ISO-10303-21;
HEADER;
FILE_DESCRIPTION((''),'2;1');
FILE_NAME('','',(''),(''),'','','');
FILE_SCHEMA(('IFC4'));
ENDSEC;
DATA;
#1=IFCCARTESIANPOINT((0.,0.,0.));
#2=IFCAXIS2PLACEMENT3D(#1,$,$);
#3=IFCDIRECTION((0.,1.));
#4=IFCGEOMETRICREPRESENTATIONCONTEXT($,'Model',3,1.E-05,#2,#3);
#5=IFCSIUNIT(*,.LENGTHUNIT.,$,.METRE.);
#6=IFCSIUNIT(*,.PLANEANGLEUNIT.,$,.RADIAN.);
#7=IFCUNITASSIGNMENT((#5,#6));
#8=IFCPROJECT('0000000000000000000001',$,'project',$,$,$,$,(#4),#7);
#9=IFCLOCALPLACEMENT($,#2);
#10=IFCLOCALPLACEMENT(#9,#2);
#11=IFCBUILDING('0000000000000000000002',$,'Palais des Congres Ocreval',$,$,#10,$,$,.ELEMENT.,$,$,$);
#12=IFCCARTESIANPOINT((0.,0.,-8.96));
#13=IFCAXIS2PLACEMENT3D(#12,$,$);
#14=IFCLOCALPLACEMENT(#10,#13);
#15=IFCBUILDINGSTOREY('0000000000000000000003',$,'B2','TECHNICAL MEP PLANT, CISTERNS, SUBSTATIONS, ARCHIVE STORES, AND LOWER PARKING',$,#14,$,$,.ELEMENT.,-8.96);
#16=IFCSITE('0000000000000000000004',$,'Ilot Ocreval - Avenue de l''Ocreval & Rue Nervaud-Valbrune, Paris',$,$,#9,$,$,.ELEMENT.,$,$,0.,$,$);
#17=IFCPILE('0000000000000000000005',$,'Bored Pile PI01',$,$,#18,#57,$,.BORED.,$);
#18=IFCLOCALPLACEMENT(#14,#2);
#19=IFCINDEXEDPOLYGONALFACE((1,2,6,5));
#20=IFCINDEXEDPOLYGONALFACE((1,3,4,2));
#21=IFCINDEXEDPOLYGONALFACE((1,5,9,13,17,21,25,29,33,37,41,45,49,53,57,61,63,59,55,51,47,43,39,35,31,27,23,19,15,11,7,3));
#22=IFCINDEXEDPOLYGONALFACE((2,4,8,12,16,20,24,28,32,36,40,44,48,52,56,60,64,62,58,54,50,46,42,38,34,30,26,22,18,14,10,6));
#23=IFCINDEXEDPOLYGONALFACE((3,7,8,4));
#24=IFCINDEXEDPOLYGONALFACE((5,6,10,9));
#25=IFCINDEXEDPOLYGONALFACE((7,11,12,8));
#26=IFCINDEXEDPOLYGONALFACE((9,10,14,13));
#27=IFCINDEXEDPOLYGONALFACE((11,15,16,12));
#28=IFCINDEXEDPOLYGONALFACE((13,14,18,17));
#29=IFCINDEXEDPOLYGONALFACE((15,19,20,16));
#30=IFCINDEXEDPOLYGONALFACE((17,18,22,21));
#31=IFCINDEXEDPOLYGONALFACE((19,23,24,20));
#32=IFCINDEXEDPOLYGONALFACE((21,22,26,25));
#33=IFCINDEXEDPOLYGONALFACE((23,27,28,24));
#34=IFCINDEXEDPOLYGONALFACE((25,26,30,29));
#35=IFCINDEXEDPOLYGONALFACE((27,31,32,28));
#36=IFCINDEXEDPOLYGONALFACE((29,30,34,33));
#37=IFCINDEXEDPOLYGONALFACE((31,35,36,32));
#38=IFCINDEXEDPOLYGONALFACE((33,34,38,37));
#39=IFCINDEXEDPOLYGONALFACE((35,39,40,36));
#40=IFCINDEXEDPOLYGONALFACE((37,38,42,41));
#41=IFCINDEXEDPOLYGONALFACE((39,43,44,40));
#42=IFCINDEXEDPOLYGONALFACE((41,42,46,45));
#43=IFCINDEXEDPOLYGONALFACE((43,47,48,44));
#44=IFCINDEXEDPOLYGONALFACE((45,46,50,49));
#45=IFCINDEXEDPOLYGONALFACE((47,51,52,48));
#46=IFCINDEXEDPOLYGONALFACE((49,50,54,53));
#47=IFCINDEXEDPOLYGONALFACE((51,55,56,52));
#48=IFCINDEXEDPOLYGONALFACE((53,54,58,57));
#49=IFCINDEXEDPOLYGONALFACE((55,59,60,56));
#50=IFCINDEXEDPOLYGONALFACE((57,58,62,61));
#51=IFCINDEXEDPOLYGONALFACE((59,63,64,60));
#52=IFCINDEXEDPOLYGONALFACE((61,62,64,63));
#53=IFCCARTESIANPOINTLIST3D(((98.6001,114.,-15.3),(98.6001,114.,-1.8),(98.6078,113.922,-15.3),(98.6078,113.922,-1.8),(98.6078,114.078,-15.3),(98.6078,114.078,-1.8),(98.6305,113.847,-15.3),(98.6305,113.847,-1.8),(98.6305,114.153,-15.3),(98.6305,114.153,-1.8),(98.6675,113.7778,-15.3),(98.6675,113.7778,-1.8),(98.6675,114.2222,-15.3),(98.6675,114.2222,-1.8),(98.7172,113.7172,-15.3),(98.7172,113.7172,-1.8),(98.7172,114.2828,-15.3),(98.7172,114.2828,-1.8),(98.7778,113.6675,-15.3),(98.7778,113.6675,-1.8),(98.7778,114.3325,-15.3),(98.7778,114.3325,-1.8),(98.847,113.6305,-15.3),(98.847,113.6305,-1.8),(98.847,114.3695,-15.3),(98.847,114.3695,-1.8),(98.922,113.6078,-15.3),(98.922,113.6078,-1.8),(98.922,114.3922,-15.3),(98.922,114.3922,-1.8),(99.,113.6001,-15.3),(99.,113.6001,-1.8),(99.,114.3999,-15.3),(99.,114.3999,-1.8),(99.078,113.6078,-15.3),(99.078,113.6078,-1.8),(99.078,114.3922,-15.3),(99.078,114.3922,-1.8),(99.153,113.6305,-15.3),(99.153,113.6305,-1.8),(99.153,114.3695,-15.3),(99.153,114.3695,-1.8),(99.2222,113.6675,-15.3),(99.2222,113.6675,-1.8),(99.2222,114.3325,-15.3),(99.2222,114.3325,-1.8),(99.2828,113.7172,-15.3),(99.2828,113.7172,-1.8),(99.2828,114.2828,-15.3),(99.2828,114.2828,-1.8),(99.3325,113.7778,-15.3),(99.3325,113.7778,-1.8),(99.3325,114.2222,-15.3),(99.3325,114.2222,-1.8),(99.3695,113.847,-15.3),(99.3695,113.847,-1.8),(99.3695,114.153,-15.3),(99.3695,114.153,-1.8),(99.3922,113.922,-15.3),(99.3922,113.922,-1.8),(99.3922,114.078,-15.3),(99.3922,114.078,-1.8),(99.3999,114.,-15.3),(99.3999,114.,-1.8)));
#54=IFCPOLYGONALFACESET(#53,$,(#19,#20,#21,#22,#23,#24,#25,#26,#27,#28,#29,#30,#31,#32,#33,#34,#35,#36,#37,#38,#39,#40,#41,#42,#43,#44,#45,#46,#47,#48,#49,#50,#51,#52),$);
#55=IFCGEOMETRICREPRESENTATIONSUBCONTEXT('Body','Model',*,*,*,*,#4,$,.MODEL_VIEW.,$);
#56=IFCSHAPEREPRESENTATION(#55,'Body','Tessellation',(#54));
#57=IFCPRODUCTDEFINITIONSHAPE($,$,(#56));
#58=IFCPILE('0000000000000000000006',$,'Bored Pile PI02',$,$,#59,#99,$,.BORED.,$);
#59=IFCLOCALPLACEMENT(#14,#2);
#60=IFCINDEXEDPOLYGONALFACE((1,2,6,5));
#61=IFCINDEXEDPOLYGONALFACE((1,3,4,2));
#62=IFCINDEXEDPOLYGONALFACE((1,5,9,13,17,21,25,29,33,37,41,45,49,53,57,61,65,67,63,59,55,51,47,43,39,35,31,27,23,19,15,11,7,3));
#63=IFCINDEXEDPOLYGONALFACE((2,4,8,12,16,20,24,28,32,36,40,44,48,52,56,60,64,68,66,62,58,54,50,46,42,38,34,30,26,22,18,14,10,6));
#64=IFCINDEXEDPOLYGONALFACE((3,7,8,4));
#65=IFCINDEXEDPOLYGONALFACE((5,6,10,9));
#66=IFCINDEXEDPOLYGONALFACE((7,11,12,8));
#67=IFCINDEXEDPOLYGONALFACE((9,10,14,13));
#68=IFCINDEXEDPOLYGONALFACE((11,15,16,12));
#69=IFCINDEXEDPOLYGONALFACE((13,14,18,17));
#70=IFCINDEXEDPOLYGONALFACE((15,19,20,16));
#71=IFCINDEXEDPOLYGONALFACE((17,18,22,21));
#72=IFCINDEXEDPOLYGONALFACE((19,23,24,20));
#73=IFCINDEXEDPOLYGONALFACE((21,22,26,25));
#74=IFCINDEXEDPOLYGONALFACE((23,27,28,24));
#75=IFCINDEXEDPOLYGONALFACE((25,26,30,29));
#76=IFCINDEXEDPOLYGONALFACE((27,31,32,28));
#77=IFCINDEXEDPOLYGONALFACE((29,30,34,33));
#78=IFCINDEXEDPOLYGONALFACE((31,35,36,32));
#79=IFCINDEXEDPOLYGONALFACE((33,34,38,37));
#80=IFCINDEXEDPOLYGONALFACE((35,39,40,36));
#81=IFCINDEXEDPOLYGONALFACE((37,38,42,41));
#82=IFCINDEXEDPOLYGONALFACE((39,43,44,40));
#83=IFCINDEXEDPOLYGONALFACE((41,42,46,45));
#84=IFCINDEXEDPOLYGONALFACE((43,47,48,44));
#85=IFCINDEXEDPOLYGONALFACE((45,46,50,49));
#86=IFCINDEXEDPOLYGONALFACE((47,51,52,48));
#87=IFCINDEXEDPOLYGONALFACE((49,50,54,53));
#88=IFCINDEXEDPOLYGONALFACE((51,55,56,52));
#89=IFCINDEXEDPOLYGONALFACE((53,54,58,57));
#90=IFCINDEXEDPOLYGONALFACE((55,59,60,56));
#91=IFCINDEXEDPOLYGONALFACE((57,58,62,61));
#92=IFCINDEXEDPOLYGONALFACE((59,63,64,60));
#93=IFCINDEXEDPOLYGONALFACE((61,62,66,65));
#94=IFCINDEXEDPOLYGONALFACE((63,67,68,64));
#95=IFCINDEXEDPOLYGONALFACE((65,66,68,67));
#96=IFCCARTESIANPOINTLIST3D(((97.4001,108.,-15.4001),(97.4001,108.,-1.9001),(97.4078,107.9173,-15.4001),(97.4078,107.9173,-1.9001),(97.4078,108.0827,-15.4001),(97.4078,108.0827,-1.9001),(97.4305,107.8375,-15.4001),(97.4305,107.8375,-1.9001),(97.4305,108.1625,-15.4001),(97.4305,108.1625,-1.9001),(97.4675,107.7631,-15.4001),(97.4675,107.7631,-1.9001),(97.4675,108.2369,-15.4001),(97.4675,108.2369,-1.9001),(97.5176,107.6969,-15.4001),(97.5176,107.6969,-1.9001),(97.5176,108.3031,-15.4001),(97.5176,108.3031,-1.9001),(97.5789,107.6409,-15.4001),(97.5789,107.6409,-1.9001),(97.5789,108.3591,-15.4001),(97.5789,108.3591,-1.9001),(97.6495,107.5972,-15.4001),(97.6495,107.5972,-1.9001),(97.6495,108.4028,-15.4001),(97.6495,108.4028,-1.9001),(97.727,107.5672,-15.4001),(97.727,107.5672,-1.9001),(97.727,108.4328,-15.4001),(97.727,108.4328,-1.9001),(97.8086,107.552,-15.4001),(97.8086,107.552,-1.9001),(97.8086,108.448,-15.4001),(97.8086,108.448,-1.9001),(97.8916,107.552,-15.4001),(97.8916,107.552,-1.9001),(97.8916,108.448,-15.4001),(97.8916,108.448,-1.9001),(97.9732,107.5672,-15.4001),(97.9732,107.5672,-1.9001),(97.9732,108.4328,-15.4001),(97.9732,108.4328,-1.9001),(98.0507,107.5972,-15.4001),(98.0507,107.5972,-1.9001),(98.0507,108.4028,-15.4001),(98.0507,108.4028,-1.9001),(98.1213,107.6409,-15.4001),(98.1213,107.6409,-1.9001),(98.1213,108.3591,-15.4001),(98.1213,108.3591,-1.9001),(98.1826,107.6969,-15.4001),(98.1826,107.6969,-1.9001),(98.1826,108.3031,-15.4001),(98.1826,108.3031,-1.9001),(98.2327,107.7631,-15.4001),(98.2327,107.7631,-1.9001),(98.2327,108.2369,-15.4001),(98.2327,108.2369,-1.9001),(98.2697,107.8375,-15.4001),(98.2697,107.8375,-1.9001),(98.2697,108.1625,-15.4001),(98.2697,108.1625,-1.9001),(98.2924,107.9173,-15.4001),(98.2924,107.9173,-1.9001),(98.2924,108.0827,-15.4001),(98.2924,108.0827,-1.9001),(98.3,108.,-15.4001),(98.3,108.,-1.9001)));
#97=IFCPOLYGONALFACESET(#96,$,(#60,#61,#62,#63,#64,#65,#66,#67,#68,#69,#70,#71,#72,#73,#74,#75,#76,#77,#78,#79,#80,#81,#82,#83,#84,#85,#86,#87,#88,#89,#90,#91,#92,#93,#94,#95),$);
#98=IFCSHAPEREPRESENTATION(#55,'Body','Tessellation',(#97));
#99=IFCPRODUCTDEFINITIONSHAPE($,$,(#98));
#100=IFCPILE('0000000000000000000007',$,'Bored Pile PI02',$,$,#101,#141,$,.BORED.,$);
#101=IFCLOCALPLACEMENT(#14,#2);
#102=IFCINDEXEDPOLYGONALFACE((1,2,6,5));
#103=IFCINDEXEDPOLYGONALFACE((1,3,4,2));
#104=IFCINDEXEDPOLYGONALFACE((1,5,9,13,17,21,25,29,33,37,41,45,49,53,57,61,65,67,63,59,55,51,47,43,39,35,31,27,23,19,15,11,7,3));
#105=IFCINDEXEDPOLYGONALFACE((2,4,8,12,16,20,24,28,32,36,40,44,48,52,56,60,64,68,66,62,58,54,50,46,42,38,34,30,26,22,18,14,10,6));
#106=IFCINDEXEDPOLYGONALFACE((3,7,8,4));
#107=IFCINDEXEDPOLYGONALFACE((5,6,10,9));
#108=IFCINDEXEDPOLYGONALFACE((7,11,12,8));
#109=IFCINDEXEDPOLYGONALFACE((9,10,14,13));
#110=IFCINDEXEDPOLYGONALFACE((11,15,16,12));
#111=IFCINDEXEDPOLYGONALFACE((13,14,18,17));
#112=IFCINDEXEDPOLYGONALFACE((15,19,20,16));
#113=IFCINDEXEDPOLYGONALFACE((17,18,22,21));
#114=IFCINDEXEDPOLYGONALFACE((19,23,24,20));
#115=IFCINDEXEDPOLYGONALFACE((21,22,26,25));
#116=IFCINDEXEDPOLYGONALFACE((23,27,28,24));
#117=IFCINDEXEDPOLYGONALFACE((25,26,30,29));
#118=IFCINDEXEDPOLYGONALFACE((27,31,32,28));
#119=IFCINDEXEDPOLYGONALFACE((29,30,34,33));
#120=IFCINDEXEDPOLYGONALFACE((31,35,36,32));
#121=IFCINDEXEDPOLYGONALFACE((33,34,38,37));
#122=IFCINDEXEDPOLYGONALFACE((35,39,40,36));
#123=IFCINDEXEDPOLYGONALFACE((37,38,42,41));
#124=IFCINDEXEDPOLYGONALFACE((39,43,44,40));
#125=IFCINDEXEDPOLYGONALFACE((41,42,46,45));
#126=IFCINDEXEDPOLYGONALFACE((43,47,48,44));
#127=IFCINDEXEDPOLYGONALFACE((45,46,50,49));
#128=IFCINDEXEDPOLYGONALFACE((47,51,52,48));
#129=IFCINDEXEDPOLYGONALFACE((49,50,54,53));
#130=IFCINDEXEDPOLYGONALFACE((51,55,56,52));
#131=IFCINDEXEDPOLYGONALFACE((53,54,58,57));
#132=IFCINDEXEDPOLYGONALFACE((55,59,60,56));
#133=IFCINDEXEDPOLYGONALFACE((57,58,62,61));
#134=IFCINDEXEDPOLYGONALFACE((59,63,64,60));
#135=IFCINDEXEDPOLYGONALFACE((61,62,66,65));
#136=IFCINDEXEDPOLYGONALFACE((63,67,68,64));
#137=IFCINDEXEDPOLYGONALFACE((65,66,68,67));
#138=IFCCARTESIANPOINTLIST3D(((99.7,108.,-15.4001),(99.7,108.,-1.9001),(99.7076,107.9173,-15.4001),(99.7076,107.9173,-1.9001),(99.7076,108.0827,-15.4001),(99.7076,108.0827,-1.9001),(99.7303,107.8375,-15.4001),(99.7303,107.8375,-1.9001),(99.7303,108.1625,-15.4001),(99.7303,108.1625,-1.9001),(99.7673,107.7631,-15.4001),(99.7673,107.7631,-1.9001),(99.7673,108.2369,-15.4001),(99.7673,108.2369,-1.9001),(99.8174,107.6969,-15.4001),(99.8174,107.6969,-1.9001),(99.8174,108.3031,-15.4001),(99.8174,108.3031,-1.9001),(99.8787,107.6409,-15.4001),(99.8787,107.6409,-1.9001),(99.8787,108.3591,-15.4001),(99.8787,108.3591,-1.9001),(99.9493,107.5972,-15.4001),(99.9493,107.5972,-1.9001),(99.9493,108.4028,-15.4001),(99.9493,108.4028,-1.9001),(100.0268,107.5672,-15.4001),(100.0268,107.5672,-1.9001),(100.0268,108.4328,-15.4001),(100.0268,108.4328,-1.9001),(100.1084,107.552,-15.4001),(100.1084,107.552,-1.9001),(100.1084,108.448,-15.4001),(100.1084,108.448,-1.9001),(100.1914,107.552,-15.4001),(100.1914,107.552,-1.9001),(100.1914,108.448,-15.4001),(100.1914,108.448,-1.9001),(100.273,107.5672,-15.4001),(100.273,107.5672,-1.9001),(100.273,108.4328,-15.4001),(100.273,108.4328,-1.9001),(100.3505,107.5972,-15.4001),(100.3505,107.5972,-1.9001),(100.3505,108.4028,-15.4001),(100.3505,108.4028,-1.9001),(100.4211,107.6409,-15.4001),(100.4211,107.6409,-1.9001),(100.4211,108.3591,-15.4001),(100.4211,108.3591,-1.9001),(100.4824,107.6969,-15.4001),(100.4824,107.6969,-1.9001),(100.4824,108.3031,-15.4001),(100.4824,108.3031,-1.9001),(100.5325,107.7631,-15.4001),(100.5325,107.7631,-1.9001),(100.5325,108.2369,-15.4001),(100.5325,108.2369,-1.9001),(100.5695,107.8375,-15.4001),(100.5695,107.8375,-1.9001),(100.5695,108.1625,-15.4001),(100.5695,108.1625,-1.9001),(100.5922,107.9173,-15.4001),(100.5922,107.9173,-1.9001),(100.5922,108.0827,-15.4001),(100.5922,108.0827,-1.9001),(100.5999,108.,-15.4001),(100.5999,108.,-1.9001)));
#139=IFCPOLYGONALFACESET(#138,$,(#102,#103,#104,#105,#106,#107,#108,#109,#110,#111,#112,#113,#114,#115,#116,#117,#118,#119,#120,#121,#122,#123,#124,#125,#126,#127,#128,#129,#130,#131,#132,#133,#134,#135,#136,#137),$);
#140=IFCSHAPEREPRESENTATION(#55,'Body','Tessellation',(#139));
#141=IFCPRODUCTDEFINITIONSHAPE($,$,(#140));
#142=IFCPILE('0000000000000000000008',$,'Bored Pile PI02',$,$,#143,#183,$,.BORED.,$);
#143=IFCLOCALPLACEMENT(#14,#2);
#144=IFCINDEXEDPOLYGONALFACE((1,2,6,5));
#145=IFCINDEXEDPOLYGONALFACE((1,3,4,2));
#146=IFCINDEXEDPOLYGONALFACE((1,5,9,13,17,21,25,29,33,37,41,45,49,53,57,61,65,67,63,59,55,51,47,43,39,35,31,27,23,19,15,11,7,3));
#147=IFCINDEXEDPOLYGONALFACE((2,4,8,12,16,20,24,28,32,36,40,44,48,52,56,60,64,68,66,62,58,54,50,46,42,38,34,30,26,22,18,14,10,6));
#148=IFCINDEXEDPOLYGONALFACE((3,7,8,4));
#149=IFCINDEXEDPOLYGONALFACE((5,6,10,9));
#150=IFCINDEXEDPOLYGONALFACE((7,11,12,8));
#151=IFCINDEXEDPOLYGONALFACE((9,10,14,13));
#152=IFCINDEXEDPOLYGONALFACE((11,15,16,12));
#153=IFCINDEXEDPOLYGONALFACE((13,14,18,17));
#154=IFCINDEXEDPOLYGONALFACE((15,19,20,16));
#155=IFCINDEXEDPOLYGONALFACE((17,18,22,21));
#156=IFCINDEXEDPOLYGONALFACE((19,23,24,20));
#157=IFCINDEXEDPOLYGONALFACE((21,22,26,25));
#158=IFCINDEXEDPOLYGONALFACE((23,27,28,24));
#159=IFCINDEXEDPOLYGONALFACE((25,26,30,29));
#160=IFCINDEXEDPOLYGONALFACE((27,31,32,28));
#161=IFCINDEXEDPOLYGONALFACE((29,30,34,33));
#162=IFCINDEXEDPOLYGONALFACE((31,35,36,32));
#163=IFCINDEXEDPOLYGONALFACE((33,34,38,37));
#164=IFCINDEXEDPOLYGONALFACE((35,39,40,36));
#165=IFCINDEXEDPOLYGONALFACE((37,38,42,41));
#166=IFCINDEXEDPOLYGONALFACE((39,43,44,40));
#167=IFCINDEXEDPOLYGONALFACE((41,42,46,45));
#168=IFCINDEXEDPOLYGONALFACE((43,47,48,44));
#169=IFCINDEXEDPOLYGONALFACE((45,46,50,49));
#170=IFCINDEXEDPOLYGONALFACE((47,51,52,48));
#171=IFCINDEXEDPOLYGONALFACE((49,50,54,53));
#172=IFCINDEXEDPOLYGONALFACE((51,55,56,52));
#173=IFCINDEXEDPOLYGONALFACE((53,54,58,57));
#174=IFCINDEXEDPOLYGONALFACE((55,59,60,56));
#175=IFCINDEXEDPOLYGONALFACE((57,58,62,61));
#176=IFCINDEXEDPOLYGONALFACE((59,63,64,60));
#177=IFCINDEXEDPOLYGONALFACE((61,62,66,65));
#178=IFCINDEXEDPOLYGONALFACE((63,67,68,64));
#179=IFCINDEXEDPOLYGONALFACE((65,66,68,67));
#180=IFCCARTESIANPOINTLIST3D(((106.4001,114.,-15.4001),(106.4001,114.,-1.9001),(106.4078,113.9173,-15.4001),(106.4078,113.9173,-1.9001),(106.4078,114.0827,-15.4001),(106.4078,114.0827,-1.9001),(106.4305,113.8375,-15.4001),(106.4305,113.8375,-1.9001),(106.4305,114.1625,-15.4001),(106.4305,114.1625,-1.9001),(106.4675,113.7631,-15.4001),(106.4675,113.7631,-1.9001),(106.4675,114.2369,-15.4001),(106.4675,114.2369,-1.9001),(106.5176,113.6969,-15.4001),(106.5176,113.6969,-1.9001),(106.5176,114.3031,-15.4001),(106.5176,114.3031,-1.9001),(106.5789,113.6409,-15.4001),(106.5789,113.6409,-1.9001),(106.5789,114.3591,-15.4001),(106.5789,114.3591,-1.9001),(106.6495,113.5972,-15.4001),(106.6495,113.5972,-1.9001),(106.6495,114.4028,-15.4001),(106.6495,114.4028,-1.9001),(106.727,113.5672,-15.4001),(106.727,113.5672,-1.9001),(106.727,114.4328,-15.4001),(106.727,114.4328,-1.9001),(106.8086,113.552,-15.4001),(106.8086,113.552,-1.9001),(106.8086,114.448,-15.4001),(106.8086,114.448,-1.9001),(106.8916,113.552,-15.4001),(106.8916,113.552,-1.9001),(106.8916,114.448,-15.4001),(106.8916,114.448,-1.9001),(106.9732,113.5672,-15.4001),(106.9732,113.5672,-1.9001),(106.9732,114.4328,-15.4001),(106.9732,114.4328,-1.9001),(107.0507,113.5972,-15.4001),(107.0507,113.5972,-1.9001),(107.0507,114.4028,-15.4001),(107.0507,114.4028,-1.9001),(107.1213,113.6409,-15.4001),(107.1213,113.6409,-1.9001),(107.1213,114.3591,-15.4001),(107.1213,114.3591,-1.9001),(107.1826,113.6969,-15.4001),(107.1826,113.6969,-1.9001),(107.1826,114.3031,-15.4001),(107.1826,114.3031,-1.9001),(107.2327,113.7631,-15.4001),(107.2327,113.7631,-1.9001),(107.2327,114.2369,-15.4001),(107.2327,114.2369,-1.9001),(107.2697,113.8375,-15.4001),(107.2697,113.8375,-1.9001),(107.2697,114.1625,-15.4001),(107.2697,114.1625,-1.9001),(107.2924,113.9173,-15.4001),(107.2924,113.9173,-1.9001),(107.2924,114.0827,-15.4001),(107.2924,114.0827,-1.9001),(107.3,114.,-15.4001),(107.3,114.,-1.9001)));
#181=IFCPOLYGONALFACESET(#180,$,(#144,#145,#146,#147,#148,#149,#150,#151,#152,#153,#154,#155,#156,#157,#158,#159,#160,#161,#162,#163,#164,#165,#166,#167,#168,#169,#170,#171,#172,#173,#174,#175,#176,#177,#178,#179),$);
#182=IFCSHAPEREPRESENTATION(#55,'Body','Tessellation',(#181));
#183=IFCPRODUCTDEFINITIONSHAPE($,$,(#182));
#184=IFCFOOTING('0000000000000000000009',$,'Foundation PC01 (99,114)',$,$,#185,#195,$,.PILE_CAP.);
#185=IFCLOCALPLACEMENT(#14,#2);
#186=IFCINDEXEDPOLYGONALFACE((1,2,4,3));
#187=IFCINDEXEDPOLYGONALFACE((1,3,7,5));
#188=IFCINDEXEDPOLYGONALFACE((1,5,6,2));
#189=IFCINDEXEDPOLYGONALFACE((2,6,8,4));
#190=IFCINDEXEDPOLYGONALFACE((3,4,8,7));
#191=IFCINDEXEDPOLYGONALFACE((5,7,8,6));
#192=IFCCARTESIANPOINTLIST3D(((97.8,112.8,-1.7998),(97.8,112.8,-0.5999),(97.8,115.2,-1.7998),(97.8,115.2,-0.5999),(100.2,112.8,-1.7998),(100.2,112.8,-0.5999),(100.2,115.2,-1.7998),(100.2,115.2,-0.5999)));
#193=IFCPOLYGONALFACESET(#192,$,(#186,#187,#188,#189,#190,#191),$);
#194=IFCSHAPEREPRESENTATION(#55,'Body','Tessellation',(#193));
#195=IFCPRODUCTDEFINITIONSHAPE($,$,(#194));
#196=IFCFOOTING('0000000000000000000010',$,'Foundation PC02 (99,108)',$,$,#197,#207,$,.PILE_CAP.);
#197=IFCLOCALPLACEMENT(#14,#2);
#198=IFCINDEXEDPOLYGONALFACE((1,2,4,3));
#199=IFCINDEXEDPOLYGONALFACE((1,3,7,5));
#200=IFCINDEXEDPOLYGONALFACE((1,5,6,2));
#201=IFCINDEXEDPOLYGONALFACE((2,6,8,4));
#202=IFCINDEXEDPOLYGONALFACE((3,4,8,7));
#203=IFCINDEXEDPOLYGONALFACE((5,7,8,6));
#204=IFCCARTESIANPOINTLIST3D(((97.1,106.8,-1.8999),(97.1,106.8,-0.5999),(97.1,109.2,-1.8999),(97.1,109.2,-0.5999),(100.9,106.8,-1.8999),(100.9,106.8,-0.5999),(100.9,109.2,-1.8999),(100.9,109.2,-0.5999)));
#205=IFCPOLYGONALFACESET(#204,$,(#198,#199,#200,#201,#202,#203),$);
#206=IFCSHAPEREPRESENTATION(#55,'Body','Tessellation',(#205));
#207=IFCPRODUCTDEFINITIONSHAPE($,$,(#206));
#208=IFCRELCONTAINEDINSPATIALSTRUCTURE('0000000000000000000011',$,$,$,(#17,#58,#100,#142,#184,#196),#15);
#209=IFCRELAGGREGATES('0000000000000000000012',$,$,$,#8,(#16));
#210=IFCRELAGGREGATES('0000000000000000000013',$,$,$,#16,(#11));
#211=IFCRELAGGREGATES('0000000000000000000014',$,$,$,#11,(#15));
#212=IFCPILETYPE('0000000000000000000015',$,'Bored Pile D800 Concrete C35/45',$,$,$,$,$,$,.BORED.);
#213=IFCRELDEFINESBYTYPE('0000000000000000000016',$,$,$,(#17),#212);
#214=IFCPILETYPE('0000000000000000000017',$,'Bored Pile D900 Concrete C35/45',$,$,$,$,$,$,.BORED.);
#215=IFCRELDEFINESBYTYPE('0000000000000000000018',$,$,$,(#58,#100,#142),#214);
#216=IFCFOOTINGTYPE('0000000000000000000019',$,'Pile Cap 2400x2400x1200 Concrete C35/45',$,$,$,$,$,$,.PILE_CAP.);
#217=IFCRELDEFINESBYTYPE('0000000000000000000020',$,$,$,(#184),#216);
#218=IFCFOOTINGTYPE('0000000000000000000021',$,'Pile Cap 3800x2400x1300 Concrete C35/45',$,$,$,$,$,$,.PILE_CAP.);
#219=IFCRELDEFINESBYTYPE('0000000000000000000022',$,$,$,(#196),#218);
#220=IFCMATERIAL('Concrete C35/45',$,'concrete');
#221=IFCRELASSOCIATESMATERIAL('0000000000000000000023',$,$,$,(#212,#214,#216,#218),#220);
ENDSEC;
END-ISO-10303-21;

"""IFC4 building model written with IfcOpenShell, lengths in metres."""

from ifc_helpers import new_model, si_unit, direction, frame, origin, origin_2d, place, context, subcontext, project, spatial, rectangle, circle, extrude, material, material_profile, profile_set, type_object, element, save


model = new_model("IFC4")

# Units and contexts
model_context = context("Model", 3, precision=1e-05, world=origin(), true_north=direction((0.0, 1.0)))
body_context = subcontext(model_context, "Body", "Model", "MODEL_VIEW")
ifc_project = project(units=[si_unit("LENGTHUNIT", "METRE"), si_unit("PLANEANGLEUNIT", "RADIAN")], contexts=[model_context])

# Site, building, storey
site_placement = place(None, origin())
site = spatial("IfcSite", under=ifc_project, at=site_placement, Name="Ilot Ocreval - Avenue de l'Ocreval & Rue Nervaud-Valbrune, Paris", CompositionType="ELEMENT", RefElevation=0.0)
building_placement = place(site_placement, origin())
building = spatial("IfcBuilding", under=site, at=building_placement, Name="Palais des Congres Ocreval", CompositionType="ELEMENT")
storey_placement = place(building_placement, frame((0.0, 0.0, -8.96)))
storey = spatial("IfcBuildingStorey", under=building, at=storey_placement, Name="B2", Description="TECHNICAL MEP PLANT, CISTERNS, SUBSTATIONS, ARCHIVE STORES, AND LOWER PARKING", CompositionType="ELEMENT", Elevation=-8.96)

# Piles
ifc_material_1 = material(Name="Concrete C35/45", Category="concrete")
ifc_material_profile_1 = material_profile(ifc_material_1, circle(Radius=0.3999, at=origin_2d()), Name="BORED PILE 800")
ifc_profile_set_1 = profile_set([ifc_material_profile_1], Name="Concrete C35/45")
pile_type_1 = type_object("IfcPileType", Name="Bored Pile D800 Concrete C35/45", PredefinedType="BORED", material=ifc_profile_set_1)
pile_placement = place(storey_placement, frame((99.0, 114.0, -1.8), z_axis=(0.0, 0.0, -1.0), x_axis=(1.0, 0.0, 0.0)))
element("IfcPile", 1, at=pile_placement, inside=storey, type_object=pile_type_1, Name="Bored Pile PI01", PredefinedType="BORED", context=body_context, shape_type="SweptSolid", body=[
    extrude(circle(Radius=0.3999, at=origin_2d()), origin(), (0.0, 0.0, 1.0), 13.5),
])
ifc_material_profile_2 = material_profile(ifc_material_1, circle(Radius=0.45, at=origin_2d()), Name="BORED PILE 900")
ifc_profile_set_2 = profile_set([ifc_material_profile_2], Name="Concrete C35/45")
pile_type_2 = type_object("IfcPileType", Name="Bored Pile D900 Concrete C35/45", PredefinedType="BORED", material=ifc_profile_set_2)
for number, where, z_axis, x_axis, name in (
    (2, (97.8501, 108.0, -1.9001), (0.0, 0.0, -1.0), (1.0, 0.0, 0.0), "Bored Pile PI02"),
    (3, (100.1499, 108.0, -1.9001), (0.0, 0.0, -1.0), (1.0, 0.0, 0.0), "Bored Pile PI02"),
    (4, (106.8501, 114.0, -1.9001), (0.0, 0.0, -1.0), (1.0, 0.0, 0.0), "Bored Pile PI02"),
):
    element("IfcPile", number, at=place(storey_placement, frame(where, z_axis=z_axis, x_axis=x_axis)), inside=storey, type_object=pile_type_2, Name=name, PredefinedType="BORED", context=body_context, shape_type="SweptSolid", body=[
        extrude(circle(Radius=0.45, at=origin_2d()), origin(), (0.0, 0.0, 1.0), 13.5),
    ])

# Footings
footing_type_1 = type_object("IfcFootingType", Name="Pile Cap 2400x2400x1200 Concrete C35/45", PredefinedType="PILE_CAP", material=ifc_material_1)
footing_1_placement = place(storey_placement, frame((99.0, 114.0, -1.7998), z_axis=(0.0, 0.0, 1.0), x_axis=(1.0, 0.0, 0.0)))
element("IfcFooting", 5, at=footing_1_placement, inside=storey, type_object=footing_type_1, Name="Foundation PC01 (99,114)", PredefinedType="PILE_CAP", context=body_context, shape_type="SweptSolid", body=[
    extrude(rectangle(XDim=2.3999, YDim=2.3999, at=origin_2d()), origin(), (0.0, 0.0, 1.0), 1.2),
])
footing_type_2 = type_object("IfcFootingType", Name="Pile Cap 3800x2400x1300 Concrete C35/45", PredefinedType="PILE_CAP", material=ifc_material_1)
footing_2_placement = place(storey_placement, frame((99.0, 108.0, -1.8999), z_axis=(0.0, 0.0, 1.0), x_axis=(1.0, 0.0, 0.0)))
element("IfcFooting", 6, at=footing_2_placement, inside=storey, type_object=footing_type_2, Name="Foundation PC02 (99,108)", PredefinedType="PILE_CAP", context=body_context, shape_type="SweptSolid", body=[
    extrude(rectangle(XDim=3.8, YDim=2.3999, at=origin_2d()), origin(), (0.0, 0.0, 1.0), 1.3),
])

save(model, "model.ifc")
